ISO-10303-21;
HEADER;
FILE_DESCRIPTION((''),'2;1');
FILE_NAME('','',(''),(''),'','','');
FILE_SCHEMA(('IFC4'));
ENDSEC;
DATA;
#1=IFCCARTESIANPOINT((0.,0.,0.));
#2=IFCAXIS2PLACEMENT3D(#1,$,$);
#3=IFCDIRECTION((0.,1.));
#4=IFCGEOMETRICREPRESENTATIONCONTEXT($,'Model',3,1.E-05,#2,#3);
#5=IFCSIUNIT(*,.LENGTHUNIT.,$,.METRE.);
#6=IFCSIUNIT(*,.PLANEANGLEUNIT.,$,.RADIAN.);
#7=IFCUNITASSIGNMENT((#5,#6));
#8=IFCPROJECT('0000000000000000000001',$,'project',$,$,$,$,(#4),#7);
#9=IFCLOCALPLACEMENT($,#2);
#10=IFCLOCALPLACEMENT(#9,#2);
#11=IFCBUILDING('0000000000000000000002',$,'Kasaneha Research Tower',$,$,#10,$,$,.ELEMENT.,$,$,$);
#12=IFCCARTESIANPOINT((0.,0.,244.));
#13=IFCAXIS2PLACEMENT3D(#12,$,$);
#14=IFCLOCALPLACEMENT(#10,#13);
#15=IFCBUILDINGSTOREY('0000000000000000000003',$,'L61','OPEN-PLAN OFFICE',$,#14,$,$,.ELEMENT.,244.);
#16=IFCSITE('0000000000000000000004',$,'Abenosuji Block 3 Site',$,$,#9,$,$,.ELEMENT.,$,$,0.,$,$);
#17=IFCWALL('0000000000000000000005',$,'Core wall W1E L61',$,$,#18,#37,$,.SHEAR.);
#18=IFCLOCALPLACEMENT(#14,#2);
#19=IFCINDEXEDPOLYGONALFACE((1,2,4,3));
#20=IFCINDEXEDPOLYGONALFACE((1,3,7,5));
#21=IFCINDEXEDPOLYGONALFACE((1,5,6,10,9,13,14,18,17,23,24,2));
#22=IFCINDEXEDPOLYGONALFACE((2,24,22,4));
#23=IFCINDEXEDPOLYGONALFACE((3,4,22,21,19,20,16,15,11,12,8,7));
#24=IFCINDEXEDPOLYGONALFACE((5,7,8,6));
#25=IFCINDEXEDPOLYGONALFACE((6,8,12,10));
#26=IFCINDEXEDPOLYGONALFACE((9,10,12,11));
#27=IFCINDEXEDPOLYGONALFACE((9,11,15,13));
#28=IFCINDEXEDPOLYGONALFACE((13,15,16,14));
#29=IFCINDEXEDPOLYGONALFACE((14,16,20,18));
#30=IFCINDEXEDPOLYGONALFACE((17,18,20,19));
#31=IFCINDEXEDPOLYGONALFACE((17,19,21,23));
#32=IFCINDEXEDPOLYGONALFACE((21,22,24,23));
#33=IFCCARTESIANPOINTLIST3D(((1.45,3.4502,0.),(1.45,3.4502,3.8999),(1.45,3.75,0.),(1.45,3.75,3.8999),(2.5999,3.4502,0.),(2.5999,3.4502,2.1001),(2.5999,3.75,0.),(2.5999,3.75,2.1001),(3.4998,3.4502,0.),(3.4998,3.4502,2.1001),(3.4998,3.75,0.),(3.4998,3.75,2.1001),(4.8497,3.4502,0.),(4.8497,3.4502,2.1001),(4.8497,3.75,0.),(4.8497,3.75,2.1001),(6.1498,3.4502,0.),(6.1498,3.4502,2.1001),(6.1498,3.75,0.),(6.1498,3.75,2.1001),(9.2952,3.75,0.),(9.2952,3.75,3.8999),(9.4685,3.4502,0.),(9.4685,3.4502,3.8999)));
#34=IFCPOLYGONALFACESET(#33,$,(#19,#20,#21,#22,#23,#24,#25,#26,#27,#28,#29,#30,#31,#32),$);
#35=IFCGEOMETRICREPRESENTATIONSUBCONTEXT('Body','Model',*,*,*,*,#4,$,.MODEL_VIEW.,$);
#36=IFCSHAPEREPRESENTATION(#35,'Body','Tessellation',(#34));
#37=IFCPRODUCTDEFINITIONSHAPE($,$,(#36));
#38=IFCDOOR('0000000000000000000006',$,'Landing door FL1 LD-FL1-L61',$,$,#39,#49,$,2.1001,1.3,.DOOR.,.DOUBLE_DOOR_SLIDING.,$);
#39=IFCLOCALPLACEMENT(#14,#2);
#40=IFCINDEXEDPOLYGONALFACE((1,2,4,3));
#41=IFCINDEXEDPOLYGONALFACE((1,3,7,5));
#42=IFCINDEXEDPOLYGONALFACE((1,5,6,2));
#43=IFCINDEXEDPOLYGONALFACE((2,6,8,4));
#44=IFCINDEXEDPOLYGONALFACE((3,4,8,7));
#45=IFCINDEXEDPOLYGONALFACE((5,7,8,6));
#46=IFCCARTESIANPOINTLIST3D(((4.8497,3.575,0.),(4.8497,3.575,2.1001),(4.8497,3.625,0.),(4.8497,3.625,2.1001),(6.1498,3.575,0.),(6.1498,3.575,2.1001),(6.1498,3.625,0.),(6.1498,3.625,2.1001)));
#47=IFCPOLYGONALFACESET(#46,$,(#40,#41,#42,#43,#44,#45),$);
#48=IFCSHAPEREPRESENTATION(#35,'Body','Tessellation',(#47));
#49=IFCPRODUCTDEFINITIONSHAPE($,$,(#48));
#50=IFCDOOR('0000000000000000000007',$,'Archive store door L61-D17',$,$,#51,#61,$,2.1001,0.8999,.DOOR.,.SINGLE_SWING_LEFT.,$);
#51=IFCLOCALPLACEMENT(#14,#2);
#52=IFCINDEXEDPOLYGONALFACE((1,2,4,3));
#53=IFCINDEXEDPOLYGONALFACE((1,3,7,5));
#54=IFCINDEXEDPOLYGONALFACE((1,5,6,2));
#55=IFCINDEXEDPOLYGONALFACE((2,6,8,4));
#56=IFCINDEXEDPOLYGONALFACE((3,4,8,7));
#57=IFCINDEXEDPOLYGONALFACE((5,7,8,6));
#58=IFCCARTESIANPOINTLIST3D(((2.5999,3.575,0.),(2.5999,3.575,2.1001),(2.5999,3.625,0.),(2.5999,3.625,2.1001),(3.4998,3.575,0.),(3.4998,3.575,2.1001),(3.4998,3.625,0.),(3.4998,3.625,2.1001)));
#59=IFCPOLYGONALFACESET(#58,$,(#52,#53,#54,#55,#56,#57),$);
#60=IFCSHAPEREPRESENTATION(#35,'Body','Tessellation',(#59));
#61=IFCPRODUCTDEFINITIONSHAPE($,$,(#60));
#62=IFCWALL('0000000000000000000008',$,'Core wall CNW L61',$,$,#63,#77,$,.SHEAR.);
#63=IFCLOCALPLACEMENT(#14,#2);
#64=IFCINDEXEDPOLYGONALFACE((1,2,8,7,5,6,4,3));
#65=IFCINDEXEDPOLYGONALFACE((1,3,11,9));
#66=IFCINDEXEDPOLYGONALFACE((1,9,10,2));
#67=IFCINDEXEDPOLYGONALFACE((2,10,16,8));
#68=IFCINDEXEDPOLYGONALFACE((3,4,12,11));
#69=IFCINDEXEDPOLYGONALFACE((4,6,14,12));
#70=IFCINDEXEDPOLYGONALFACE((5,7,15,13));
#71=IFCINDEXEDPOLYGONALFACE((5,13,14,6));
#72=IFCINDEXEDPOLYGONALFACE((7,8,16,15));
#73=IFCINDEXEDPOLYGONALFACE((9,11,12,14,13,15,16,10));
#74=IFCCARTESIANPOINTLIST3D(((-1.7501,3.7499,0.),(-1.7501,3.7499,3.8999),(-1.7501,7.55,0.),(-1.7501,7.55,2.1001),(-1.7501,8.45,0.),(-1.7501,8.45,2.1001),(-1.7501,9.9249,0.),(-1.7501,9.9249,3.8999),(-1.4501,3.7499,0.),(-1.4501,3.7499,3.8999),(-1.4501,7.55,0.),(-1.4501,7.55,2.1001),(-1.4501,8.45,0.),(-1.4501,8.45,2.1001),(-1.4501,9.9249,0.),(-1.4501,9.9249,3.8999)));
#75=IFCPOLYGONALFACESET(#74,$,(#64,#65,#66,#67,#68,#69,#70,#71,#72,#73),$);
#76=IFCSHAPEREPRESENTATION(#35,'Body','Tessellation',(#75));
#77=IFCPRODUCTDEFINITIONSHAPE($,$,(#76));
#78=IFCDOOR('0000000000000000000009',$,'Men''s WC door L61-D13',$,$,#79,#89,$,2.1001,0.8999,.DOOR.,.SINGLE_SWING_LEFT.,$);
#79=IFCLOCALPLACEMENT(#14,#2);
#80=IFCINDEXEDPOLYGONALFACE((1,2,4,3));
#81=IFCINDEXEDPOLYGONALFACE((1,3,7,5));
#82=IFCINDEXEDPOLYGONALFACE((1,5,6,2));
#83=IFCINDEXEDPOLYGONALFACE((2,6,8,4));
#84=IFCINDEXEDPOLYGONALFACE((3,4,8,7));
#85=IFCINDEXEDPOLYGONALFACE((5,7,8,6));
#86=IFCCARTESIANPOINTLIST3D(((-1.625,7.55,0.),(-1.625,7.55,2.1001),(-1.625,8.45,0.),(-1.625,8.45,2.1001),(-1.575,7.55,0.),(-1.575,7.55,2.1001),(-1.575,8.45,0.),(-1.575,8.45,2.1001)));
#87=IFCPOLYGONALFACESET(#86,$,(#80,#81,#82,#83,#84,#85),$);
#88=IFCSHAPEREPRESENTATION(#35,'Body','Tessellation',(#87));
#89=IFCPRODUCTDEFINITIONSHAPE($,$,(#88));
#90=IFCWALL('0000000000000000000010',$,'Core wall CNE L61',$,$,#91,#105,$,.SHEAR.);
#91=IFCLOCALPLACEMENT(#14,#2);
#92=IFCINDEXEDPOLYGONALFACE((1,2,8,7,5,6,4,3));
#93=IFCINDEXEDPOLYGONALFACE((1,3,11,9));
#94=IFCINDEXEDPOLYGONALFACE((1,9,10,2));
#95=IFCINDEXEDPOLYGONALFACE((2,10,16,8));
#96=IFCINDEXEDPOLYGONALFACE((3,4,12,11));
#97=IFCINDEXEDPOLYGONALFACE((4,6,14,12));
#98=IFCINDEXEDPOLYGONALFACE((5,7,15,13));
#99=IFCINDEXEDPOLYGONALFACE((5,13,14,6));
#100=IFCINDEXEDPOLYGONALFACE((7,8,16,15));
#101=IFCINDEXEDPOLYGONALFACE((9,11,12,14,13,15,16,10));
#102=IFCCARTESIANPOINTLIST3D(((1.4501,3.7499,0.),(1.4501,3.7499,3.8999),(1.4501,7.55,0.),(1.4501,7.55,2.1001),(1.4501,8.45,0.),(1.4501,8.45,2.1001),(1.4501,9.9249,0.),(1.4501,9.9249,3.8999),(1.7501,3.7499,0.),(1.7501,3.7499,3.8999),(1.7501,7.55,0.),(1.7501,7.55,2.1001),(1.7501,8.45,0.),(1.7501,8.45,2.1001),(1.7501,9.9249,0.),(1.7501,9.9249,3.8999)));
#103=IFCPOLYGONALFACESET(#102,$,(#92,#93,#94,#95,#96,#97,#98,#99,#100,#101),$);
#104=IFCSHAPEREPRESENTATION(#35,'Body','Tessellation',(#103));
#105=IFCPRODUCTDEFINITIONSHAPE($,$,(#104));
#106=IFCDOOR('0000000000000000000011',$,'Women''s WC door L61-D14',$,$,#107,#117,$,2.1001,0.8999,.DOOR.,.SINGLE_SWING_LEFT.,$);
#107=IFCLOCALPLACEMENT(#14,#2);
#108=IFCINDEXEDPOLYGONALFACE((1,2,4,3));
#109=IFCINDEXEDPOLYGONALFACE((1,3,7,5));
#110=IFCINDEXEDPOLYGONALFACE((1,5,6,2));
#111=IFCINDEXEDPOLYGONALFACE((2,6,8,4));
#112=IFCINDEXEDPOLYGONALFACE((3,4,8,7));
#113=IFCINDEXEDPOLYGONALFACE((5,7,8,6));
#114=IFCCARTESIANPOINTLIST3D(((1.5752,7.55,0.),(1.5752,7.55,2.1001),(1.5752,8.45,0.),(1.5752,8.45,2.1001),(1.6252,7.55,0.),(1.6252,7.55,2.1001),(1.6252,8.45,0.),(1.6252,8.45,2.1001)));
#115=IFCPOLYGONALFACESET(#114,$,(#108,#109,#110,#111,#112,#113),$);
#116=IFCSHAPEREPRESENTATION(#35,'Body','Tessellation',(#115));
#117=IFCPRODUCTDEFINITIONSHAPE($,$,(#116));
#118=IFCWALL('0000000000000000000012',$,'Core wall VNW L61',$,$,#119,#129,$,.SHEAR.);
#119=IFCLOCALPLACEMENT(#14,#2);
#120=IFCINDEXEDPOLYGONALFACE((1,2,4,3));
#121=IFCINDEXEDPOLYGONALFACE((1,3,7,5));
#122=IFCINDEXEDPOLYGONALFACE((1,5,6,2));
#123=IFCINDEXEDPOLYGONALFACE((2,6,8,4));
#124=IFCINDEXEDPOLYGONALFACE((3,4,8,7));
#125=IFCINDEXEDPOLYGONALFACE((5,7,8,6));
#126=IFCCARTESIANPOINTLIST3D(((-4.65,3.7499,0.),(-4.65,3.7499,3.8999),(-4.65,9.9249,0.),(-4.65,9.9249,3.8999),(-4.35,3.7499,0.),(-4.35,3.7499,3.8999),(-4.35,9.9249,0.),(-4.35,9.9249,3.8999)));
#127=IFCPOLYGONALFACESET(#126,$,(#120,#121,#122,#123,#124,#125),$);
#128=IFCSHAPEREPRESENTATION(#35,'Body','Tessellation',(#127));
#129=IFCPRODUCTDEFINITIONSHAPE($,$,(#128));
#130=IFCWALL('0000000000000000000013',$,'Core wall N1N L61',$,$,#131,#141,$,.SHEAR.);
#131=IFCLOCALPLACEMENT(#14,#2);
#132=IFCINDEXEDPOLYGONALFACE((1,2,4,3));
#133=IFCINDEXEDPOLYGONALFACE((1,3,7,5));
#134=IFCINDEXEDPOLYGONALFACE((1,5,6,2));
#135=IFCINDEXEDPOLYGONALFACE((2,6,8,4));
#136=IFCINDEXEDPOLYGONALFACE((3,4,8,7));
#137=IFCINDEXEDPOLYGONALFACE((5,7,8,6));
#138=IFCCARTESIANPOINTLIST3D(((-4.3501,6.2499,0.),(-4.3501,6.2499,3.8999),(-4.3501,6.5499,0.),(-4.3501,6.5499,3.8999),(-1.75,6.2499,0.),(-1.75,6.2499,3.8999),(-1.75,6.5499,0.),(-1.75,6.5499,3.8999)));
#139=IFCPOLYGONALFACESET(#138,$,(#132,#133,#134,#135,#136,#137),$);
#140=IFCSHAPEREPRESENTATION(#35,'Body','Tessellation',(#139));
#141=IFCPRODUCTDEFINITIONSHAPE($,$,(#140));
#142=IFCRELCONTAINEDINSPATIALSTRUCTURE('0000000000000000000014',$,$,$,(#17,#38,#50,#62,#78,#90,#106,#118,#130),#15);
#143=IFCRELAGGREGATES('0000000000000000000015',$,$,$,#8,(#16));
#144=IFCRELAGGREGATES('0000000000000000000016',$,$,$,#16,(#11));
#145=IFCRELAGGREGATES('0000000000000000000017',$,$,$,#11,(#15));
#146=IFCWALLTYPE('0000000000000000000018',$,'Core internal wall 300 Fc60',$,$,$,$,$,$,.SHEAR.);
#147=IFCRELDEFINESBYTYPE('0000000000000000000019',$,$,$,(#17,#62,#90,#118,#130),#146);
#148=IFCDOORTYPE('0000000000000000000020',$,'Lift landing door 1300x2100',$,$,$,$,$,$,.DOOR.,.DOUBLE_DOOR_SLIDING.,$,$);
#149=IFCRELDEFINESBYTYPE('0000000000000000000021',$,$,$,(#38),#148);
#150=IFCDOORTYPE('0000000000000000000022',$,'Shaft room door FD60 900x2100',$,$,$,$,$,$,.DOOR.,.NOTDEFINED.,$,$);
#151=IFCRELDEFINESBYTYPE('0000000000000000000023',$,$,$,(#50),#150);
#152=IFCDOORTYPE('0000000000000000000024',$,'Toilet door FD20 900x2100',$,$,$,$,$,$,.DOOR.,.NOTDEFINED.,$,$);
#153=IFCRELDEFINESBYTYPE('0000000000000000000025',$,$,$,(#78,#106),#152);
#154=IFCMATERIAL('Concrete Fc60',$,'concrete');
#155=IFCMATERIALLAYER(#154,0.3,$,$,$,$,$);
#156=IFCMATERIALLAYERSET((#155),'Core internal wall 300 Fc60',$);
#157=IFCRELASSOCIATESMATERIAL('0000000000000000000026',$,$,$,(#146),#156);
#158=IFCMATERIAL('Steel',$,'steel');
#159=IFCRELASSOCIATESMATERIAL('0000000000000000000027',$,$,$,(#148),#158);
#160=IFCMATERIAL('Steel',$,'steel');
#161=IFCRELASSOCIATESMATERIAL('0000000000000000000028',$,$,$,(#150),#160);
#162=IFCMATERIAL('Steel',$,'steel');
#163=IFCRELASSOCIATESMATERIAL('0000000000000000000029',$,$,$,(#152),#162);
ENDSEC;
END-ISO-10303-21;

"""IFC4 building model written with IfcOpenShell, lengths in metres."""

from ifc_helpers import new_model, si_unit, direction, frame, frame_2d, origin, place, context, subcontext, project, spatial, polyline, rectangle, outline, extrude, material, layer, layer_set, type_object, element, fill, save


model = new_model("IFC4")

# Units and contexts
model_context = context("Model", 3, precision=1e-05, world=origin(), true_north=direction((0.0, 1.0)))
body_context = subcontext(model_context, "Body", "Model", "MODEL_VIEW")
ifc_project = project(units=[si_unit("LENGTHUNIT", "METRE"), si_unit("PLANEANGLEUNIT", "RADIAN")], contexts=[model_context])

# Site, building, storey
site_placement = place(None, origin())
site = spatial("IfcSite", under=ifc_project, at=site_placement, Name="Abenosuji Block 3 Site", CompositionType="ELEMENT", RefElevation=0.0)
building_placement = place(site_placement, origin())
building = spatial("IfcBuilding", under=site, at=building_placement, Name="Kasaneha Research Tower", CompositionType="ELEMENT")
storey_placement = place(building_placement, frame((0.0, 0.0, 244.0)))
storey = spatial("IfcBuildingStorey", under=building, at=storey_placement, Name="L61", Description="OPEN-PLAN OFFICE", CompositionType="ELEMENT", Elevation=244.0)

# Wall, openings, doors
ifc_material_1 = material(Name="Concrete Fc60", Category="concrete")
ifc_layer_1 = layer(ifc_material_1, 0.3)
ifc_layer_set_1 = layer_set([ifc_layer_1], Name="Core internal wall 300 Fc60")
wall_type_1 = type_object("IfcWallType", Name="Core internal wall 300 Fc60", PredefinedType="SHEAR", material=ifc_layer_set_1)
wall_1_placement = place(storey_placement, frame((1.45, 3.6001, 0.0), z_axis=(0.0, 0.0, 1.0), x_axis=(1.0, 0.0, 0.0)))
wall_1 = element("IfcWall", 1, at=wall_1_placement, inside=storey, type_object=wall_type_1, Name="Core wall W1E L61", PredefinedType="SHEAR", context=body_context, shape_type="SweptSolid", body=[
    extrude(outline(polyline([(0.0, -0.1499), (1.1499, -0.1499), (2.0498, -0.1499), (3.3999, -0.1499), (4.7, -0.1499), (8.0186, -0.1499), (7.8452, 0.1499), (4.7, 0.1499), (3.3999, 0.1499), (2.0498, 0.1499), (1.1499, 0.1499), (0.0, 0.1499), (0.0, -0.1499)])), origin(), (0.0, 0.0, 1.0), 3.8999),
])
opening_1_placement = place(wall_1_placement, frame((1.1499, 0.0, 0.0)))
opening_1 = element("IfcOpeningElement", 2, at=opening_1_placement, cuts=wall_1, PredefinedType="OPENING", context=body_context, shape_type="SweptSolid", body=[
    extrude(rectangle(XDim=0.8999, YDim=2.1001, at=frame_2d((0.45, 1.05))), frame((0.0, 0.1602, 0.0), z_axis=(0.0, -1.0, 0.0), x_axis=(1.0, 0.0, 0.0)), (0.0, 0.0, 1.0), 0.3201),
])
opening_2_placement = place(wall_1_placement, frame((3.3999, 0.0, 0.0)))
opening_2 = element("IfcOpeningElement", 3, at=opening_2_placement, cuts=wall_1, PredefinedType="OPENING", context=body_context, shape_type="SweptSolid", body=[
    extrude(rectangle(XDim=1.3, YDim=2.1001, at=frame_2d((0.6499, 1.05))), frame((0.0, 0.1602, 0.0), z_axis=(0.0, -1.0, 0.0), x_axis=(1.0, 0.0, 0.0)), (0.0, 0.0, 1.0), 0.3201),
])
ifc_material_2 = material(Name="Steel", Category="steel")
door_type_1 = type_object("IfcDoorType", Name="Lift landing door 1300x2100", OperationType="DOUBLE_DOOR_SLIDING", PredefinedType="DOOR", material=ifc_material_2)
door_1_placement = place(opening_2_placement, origin())
door_1 = element("IfcDoor", 4, at=door_1_placement, inside=storey, type_object=door_type_1, Name="Landing door FL1 LD-FL1-L61", OperationType="DOUBLE_DOOR_SLIDING", OverallHeight=2.1001, OverallWidth=1.3, PredefinedType="DOOR", context=body_context, shape_type="SweptSolid", body=[
    extrude(rectangle(XDim=1.3, YDim=2.1001, at=frame_2d((0.6499, 1.05))), frame((0.0, 0.0249, 0.0), z_axis=(0.0, -1.0, 0.0), x_axis=(1.0, 0.0, 0.0)), (0.0, 0.0, 1.0), 0.05),
])
fill(opening_2, door_1)
ifc_material_3 = material(Name="Steel", Category="steel")
door_type_2 = type_object("IfcDoorType", Name="Shaft room door FD60 900x2100", OperationType="NOTDEFINED", PredefinedType="DOOR", material=ifc_material_3)
door_2_placement = place(opening_1_placement, origin())
door_2 = element("IfcDoor", 5, at=door_2_placement, inside=storey, type_object=door_type_2, Name="Archive store door L61-D17", OperationType="SINGLE_SWING_LEFT", OverallHeight=2.1001, OverallWidth=0.8999, PredefinedType="DOOR", context=body_context, shape_type="SweptSolid", body=[
    extrude(rectangle(XDim=0.8999, YDim=2.1001, at=frame_2d((0.45, 1.05))), frame((0.0, 0.0249, 0.0), z_axis=(0.0, -1.0, 0.0), x_axis=(1.0, 0.0, 0.0)), (0.0, 0.0, 1.0), 0.05),
])
fill(opening_1, door_2)

# Walls, openings, doors
wall_2_placement = place(storey_placement, frame((-1.6001, 3.75, 0.0), z_axis=(0.0, 0.0, 1.0), x_axis=(0.0, 1.0, 0.0)))
wall_2 = element("IfcWall", 6, at=wall_2_placement, inside=storey, type_object=wall_type_1, Name="Core wall CNW L61", PredefinedType="SHEAR", context=body_context, shape_type="SweptSolid", body=[
    extrude(rectangle(XDim=6.175, YDim=0.3, at=frame_2d((3.0874, 0.0))), origin(), (0.0, 0.0, 1.0), 3.8999),
])
opening_3_placement = place(wall_2_placement, frame((3.8, 0.0, 0.0)))
opening_3 = element("IfcOpeningElement", 7, at=opening_3_placement, cuts=wall_2, PredefinedType="OPENING", context=body_context, shape_type="SweptSolid", body=[
    extrude(rectangle(XDim=0.8999, YDim=2.1001, at=frame_2d((0.45, 1.05))), frame((0.0, 0.1602, 0.0), z_axis=(0.0, -1.0, 0.0), x_axis=(1.0, 0.0, 0.0)), (0.0, 0.0, 1.0), 0.3201),
])
ifc_material_4 = material(Name="Steel", Category="steel")
door_type_3 = type_object("IfcDoorType", Name="Toilet door FD20 900x2100", OperationType="NOTDEFINED", PredefinedType="DOOR", material=ifc_material_4)
door_3_placement = place(opening_3_placement, origin())
door_3 = element("IfcDoor", 8, at=door_3_placement, inside=storey, type_object=door_type_3, Name="Men's WC door L61-D13", OperationType="SINGLE_SWING_LEFT", OverallHeight=2.1001, OverallWidth=0.8999, PredefinedType="DOOR", context=body_context, shape_type="SweptSolid", body=[
    extrude(rectangle(XDim=0.8999, YDim=2.1001, at=frame_2d((0.45, 1.05))), frame((0.0, 0.0249, 0.0), z_axis=(0.0, -1.0, 0.0), x_axis=(1.0, 0.0, 0.0)), (0.0, 0.0, 1.0), 0.05),
])
fill(opening_3, door_3)
wall_3_placement = place(storey_placement, frame((1.6001, 3.75, 0.0), z_axis=(0.0, 0.0, 1.0), x_axis=(0.0, 1.0, 0.0)))
wall_3 = element("IfcWall", 9, at=wall_3_placement, inside=storey, type_object=wall_type_1, Name="Core wall CNE L61", PredefinedType="SHEAR", context=body_context, shape_type="SweptSolid", body=[
    extrude(rectangle(XDim=6.175, YDim=0.3, at=frame_2d((3.0874, 0.0))), origin(), (0.0, 0.0, 1.0), 3.8999),
])
opening_4_placement = place(wall_3_placement, frame((3.8, 0.0, 0.0)))
opening_4 = element("IfcOpeningElement", 10, at=opening_4_placement, cuts=wall_3, PredefinedType="OPENING", context=body_context, shape_type="SweptSolid", body=[
    extrude(rectangle(XDim=0.8999, YDim=2.1001, at=frame_2d((0.45, 1.05))), frame((0.0, 0.1602, 0.0), z_axis=(0.0, -1.0, 0.0), x_axis=(1.0, 0.0, 0.0)), (0.0, 0.0, 1.0), 0.3201),
])
door_4_placement = place(opening_4_placement, origin())
door_4 = element("IfcDoor", 11, at=door_4_placement, inside=storey, type_object=door_type_3, Name="Women's WC door L61-D14", OperationType="SINGLE_SWING_LEFT", OverallHeight=2.1001, OverallWidth=0.8999, PredefinedType="DOOR", context=body_context, shape_type="SweptSolid", body=[
    extrude(rectangle(XDim=0.8999, YDim=2.1001, at=frame_2d((0.45, 1.05))), frame((0.0, 0.0249, 0.0), z_axis=(0.0, -1.0, 0.0), x_axis=(1.0, 0.0, 0.0)), (0.0, 0.0, 1.0), 0.05),
])
fill(opening_4, door_4)

# Walls
wall_4_placement = place(storey_placement, frame((-4.5, 3.75, 0.0), z_axis=(0.0, 0.0, 1.0), x_axis=(0.0, 1.0, 0.0)))
element("IfcWall", 12, at=wall_4_placement, inside=storey, type_object=wall_type_1, Name="Core wall VNW L61", PredefinedType="SHEAR", context=body_context, shape_type="SweptSolid", body=[
    extrude(rectangle(XDim=6.175, YDim=0.3, at=frame_2d((3.0874, 0.0))), origin(), (0.0, 0.0, 1.0), 3.8999),
])
wall_5_placement = place(storey_placement, frame((-4.3501, 6.3999, 0.0), z_axis=(0.0, 0.0, 1.0), x_axis=(1.0, 0.0, 0.0)))
element("IfcWall", 13, at=wall_5_placement, inside=storey, type_object=wall_type_1, Name="Core wall N1N L61", PredefinedType="SHEAR", context=body_context, shape_type="SweptSolid", body=[
    extrude(rectangle(XDim=2.6001, YDim=0.3, at=frame_2d((1.3, 0.0))), origin(), (0.0, 0.0, 1.0), 3.8999),
])

save(model, "model.ifc")
